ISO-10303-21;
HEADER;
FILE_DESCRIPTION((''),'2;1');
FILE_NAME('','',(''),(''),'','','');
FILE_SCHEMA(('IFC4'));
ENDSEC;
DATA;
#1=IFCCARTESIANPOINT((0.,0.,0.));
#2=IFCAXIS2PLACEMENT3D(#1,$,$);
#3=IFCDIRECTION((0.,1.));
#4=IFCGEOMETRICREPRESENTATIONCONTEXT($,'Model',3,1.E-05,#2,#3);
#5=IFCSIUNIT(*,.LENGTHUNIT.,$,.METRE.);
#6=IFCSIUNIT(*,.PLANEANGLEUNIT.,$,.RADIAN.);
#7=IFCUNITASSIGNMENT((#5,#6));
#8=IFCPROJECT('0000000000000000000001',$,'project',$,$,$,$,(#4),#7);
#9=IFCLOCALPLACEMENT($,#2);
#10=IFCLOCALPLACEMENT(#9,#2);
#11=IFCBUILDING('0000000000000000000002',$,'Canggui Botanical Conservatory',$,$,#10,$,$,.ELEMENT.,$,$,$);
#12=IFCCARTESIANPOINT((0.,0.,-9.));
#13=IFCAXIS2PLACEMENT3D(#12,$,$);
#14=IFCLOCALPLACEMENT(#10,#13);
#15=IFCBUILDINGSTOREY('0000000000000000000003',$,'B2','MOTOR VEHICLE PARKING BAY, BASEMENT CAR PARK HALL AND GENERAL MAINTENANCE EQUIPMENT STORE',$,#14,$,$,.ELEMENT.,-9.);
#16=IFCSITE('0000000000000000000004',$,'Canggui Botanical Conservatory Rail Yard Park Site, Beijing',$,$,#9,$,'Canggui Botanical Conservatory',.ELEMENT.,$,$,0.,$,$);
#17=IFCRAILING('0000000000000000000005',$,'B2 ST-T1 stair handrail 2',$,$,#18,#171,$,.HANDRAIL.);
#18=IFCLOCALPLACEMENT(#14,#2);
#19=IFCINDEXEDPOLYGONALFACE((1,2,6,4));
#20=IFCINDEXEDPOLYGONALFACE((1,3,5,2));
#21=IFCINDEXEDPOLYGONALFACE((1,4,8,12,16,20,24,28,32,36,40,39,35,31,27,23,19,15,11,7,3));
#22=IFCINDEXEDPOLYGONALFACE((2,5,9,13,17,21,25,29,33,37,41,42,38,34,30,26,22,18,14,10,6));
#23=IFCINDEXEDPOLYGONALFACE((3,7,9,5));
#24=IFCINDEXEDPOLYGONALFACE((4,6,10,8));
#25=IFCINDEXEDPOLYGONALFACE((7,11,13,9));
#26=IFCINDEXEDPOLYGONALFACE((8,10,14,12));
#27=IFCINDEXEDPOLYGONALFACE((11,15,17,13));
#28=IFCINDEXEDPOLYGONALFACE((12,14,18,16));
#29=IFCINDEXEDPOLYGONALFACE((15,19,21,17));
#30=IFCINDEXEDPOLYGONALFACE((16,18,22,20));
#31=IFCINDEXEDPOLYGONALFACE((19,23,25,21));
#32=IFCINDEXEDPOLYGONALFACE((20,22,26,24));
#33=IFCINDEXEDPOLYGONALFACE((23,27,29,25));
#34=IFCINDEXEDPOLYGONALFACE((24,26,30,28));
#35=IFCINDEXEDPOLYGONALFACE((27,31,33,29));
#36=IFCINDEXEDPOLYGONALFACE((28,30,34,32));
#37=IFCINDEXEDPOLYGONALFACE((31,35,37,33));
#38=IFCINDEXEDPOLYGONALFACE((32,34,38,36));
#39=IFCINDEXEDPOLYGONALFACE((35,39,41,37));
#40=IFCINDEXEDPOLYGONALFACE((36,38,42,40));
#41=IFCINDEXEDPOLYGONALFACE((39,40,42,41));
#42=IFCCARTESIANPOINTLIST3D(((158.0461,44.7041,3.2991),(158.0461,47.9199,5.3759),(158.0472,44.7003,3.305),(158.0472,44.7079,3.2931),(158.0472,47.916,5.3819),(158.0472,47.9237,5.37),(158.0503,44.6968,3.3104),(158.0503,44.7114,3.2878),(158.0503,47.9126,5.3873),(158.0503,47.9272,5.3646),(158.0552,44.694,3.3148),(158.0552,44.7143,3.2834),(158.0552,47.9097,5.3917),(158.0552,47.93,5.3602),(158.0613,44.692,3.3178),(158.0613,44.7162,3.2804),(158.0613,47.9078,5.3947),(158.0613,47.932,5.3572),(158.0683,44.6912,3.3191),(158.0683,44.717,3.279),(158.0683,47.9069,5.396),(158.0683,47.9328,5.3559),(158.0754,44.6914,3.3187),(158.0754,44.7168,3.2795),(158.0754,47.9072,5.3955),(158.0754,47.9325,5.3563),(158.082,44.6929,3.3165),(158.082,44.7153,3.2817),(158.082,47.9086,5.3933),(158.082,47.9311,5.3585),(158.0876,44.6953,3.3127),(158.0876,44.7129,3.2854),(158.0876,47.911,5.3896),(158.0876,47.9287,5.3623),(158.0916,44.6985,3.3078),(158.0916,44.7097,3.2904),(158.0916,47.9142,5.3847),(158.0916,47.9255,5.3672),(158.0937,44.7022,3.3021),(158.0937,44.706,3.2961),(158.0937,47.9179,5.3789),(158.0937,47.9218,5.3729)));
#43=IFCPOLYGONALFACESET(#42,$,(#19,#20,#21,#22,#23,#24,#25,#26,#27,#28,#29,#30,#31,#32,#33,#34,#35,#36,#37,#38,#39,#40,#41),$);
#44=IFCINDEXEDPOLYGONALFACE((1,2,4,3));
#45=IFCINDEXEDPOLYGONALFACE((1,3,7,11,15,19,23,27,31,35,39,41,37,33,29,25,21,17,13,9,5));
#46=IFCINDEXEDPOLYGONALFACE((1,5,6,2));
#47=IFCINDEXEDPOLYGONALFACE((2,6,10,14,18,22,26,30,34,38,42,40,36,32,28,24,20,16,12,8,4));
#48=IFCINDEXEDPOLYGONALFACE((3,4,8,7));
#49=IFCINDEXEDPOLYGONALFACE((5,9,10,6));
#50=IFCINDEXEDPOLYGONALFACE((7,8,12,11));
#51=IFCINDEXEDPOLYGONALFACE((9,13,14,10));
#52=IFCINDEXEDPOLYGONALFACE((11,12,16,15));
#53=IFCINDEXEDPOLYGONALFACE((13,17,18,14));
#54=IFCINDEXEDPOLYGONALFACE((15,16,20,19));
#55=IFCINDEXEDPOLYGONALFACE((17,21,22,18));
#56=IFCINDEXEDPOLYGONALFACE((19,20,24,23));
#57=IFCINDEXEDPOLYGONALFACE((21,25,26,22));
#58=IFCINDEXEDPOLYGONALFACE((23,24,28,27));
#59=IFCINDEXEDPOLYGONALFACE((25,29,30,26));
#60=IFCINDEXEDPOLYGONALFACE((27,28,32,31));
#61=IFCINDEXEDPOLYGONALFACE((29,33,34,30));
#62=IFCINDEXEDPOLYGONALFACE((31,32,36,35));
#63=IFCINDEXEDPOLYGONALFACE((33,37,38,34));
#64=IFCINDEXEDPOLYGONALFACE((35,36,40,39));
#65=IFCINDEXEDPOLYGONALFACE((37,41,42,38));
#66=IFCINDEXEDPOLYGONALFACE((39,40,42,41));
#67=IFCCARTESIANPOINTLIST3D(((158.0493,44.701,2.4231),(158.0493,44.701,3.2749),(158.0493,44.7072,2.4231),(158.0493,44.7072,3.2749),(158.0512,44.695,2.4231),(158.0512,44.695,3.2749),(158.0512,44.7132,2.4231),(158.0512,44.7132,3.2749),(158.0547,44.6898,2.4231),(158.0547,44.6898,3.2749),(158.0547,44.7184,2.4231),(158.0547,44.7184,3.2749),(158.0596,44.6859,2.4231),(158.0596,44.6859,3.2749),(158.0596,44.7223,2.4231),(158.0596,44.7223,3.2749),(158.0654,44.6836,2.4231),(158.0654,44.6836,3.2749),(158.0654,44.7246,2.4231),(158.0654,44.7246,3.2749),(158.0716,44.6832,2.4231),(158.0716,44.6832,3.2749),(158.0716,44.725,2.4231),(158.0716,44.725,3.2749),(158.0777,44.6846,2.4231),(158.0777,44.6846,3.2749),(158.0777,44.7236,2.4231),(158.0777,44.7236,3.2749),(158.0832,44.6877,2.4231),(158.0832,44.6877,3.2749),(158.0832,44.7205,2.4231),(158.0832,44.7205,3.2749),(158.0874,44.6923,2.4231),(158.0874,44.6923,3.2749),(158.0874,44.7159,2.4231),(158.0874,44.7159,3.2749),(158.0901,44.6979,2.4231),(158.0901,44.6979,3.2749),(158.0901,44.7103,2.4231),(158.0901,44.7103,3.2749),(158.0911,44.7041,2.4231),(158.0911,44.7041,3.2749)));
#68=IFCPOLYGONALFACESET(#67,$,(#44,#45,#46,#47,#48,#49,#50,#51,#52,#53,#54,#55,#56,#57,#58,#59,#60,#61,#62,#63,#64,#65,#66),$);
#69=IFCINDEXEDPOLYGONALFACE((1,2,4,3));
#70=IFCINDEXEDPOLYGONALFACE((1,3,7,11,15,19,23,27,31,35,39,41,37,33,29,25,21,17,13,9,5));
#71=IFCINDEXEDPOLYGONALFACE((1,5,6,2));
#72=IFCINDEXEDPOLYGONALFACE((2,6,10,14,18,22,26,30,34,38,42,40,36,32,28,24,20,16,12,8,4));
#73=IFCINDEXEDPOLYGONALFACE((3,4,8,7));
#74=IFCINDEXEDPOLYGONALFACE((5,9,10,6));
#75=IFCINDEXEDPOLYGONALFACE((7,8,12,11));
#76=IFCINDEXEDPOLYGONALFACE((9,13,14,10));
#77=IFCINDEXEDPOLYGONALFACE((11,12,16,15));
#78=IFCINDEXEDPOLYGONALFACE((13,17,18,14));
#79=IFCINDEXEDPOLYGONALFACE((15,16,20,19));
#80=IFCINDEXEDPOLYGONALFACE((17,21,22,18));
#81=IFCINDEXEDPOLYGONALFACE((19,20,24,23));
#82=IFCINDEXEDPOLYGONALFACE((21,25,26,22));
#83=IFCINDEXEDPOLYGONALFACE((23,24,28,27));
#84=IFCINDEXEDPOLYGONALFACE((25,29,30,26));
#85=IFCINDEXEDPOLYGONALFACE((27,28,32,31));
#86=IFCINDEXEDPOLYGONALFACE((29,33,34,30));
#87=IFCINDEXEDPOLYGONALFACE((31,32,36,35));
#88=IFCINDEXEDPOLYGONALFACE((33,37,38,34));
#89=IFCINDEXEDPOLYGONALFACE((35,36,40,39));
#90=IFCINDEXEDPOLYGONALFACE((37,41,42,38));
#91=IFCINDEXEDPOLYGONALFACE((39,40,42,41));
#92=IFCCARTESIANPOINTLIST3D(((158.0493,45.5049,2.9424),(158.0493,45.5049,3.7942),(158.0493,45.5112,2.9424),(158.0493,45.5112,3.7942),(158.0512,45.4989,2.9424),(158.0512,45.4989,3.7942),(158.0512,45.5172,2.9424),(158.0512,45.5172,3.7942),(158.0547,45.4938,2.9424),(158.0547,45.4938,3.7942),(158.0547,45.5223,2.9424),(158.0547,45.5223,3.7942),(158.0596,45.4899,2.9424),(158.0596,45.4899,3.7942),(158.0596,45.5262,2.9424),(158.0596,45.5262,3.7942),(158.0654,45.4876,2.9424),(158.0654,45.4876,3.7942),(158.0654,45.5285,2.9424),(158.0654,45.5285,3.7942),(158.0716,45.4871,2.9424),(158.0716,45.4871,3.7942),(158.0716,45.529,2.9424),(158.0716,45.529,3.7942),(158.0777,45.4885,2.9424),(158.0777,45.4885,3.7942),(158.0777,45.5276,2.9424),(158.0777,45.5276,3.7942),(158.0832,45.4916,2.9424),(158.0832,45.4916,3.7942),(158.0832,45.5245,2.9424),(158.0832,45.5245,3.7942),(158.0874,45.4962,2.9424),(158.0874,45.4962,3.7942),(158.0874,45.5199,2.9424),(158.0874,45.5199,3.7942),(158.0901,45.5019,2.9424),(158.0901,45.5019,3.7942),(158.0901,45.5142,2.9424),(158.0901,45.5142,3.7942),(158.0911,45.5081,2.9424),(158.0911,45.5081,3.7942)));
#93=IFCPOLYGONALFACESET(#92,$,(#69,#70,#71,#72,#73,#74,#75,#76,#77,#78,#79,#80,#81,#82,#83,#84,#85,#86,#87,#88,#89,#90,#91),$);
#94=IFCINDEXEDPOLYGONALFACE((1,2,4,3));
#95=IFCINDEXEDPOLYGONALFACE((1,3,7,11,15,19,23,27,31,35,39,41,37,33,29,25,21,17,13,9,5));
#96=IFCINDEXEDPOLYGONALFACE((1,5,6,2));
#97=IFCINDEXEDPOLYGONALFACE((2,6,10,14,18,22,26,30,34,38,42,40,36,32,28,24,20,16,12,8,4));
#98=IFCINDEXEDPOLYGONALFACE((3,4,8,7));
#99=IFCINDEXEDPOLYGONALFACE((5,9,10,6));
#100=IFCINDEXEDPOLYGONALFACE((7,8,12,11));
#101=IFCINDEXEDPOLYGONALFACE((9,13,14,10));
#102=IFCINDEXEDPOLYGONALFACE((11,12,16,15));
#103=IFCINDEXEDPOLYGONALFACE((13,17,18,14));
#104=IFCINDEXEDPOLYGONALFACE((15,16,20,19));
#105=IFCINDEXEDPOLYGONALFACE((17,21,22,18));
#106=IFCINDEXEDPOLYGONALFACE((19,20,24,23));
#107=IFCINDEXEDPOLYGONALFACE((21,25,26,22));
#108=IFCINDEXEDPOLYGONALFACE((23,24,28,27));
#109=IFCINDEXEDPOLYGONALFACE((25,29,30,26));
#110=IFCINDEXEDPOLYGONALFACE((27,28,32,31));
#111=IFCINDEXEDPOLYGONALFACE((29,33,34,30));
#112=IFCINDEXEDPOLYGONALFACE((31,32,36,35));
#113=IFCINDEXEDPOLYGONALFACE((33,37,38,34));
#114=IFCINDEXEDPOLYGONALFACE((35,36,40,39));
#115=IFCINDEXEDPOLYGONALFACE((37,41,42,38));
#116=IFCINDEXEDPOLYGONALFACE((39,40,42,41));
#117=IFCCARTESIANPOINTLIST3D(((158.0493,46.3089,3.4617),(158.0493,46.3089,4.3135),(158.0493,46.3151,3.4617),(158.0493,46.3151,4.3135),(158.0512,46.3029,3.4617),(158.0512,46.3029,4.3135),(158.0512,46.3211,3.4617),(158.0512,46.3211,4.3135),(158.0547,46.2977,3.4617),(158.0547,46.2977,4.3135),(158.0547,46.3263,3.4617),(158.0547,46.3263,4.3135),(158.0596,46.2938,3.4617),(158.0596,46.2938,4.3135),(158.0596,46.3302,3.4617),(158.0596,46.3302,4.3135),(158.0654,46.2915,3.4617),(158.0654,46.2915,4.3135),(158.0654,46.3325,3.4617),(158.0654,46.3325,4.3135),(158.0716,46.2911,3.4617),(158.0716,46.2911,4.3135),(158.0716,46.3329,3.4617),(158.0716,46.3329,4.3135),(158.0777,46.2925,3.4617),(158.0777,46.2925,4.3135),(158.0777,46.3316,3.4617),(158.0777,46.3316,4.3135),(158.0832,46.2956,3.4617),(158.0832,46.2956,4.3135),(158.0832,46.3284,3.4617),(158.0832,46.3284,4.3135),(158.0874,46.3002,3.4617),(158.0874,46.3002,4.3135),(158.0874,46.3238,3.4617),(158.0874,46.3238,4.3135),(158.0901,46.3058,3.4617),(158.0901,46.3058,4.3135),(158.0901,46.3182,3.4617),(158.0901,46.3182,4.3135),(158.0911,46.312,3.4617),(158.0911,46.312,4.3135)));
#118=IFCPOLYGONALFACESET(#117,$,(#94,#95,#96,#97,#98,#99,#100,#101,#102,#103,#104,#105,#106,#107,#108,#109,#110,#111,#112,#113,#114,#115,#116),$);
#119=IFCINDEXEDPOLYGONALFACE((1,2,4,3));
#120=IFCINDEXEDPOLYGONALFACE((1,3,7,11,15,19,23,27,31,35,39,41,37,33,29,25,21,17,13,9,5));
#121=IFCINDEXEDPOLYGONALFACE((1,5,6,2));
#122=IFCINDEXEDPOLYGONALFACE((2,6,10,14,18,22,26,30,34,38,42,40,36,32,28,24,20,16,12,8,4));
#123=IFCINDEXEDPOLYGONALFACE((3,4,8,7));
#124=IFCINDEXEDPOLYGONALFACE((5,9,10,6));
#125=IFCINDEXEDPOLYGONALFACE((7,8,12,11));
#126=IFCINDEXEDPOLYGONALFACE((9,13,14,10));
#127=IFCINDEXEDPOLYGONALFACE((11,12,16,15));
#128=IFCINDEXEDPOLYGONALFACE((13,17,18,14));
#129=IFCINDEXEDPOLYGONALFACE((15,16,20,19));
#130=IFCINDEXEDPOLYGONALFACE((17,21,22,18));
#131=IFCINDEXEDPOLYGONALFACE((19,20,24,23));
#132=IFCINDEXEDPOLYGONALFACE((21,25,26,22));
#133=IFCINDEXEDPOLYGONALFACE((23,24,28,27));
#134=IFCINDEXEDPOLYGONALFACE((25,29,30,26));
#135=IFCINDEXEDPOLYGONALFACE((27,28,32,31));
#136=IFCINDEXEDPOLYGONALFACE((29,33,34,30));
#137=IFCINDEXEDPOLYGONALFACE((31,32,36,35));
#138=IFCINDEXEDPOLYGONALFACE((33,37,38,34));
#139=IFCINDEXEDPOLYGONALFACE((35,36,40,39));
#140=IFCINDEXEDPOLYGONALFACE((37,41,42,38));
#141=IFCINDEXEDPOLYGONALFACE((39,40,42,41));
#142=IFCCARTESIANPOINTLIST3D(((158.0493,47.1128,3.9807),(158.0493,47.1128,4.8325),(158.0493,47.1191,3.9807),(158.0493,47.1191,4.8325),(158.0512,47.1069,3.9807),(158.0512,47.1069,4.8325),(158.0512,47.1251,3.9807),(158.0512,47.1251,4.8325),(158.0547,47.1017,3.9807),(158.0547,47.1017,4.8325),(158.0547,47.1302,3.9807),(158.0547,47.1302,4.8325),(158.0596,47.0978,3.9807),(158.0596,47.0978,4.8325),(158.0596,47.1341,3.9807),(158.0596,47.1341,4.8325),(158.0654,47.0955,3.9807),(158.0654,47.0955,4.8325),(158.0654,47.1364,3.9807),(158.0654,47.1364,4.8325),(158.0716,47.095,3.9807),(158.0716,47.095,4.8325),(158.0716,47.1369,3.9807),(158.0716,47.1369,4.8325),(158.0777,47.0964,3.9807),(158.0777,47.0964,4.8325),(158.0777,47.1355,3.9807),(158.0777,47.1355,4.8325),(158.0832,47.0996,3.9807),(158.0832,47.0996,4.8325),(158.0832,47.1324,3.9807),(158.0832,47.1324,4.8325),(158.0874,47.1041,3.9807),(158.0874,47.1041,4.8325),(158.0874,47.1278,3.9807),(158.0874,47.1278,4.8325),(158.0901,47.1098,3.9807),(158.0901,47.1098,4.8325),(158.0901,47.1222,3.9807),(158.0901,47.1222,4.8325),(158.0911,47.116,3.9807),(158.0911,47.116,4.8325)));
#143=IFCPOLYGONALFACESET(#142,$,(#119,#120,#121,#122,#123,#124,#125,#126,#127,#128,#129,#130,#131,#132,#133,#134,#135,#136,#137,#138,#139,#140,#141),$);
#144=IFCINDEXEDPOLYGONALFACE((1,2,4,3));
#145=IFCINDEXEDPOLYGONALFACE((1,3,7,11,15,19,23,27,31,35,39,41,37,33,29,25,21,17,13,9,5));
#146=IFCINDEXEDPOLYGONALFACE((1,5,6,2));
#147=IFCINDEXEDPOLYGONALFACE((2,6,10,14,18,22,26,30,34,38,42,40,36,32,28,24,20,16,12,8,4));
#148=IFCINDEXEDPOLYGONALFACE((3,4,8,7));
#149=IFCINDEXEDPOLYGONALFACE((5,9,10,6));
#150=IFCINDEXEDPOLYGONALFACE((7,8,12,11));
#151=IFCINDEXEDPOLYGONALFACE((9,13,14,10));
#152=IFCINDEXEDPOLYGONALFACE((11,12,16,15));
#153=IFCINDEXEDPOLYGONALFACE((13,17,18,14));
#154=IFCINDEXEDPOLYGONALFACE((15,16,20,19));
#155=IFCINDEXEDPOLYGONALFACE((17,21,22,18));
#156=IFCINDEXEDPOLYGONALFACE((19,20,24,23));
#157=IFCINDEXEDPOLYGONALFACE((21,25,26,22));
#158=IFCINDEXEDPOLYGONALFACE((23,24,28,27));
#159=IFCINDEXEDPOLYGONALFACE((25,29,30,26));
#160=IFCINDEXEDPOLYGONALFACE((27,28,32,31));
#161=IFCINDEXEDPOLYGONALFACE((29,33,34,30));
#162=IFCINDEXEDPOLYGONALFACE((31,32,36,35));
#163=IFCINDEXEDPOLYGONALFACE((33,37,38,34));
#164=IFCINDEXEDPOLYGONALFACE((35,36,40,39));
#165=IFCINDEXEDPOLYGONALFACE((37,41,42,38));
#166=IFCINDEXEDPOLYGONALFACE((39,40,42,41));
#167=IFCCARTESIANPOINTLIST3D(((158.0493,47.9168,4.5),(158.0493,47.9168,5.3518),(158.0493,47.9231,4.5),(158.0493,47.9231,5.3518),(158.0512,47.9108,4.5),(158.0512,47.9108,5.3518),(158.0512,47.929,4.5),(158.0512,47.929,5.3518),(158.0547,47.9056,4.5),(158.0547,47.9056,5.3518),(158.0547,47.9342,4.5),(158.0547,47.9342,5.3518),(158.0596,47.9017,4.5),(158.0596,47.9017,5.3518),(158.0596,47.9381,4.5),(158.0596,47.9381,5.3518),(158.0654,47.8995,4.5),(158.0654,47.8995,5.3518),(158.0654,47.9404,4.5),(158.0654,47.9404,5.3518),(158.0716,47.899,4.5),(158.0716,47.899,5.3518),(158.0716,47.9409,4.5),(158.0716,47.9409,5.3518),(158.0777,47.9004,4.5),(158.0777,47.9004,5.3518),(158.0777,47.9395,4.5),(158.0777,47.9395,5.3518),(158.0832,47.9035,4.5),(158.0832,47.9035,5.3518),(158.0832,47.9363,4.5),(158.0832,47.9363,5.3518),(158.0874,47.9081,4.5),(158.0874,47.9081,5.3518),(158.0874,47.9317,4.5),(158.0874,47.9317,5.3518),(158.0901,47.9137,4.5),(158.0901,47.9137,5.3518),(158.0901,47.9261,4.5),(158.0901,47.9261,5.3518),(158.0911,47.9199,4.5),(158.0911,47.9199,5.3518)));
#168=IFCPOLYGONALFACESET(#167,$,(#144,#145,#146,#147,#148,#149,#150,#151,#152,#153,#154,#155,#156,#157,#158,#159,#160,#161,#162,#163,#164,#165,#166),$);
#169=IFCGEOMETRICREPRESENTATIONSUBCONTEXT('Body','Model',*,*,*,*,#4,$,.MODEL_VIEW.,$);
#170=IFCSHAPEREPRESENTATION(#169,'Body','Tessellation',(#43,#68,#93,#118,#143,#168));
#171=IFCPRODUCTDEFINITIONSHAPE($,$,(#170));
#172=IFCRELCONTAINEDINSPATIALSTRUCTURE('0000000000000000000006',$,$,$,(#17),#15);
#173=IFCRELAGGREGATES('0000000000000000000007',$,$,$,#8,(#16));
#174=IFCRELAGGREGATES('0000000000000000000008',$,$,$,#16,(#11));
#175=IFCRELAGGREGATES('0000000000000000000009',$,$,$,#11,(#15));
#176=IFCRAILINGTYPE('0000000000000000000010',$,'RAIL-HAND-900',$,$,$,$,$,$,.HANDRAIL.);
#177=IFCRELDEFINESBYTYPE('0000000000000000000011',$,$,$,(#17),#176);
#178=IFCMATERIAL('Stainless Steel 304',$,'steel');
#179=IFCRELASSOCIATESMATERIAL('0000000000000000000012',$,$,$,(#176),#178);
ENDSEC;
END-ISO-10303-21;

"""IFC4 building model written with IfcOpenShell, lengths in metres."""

from ifc_helpers import new_model, si_unit, direction, frame, origin, origin_2d, place, context, subcontext, project, spatial, circle, extrude, material, type_object, element, save


model = new_model("IFC4")

# Units and contexts
model_context = context("Model", 3, precision=1e-05, world=origin(), true_north=direction((0.0, 1.0)))
body_context = subcontext(model_context, "Body", "Model", "MODEL_VIEW")
ifc_project = project(units=[si_unit("LENGTHUNIT", "METRE"), si_unit("PLANEANGLEUNIT", "RADIAN")], contexts=[model_context])

# Site, building, storey
site_placement = place(None, origin())
site = spatial("IfcSite", under=ifc_project, at=site_placement, Name="Canggui Botanical Conservatory Rail Yard Park Site, Beijing", LongName="Canggui Botanical Conservatory", CompositionType="ELEMENT", RefElevation=0.0)
building_placement = place(site_placement, origin())
building = spatial("IfcBuilding", under=site, at=building_placement, Name="Canggui Botanical Conservatory", CompositionType="ELEMENT")
storey_placement = place(building_placement, frame((0.0, 0.0, -9.0)))
storey = spatial("IfcBuildingStorey", under=building, at=storey_placement, Name="B2", Description="MOTOR VEHICLE PARKING BAY, BASEMENT CAR PARK HALL AND GENERAL MAINTENANCE EQUIPMENT STORE", CompositionType="ELEMENT", Elevation=-9.0)

# Railing
ifc_material_1 = material(Name="Stainless Steel 304", Category="steel")
railing_type_1 = type_object("IfcRailingType", Name="RAIL-HAND-900", PredefinedType="HANDRAIL", material=ifc_material_1)
railing_1_placement = place(storey_placement, frame((158.0701, 44.7041, 2.4231)))
element("IfcRailing", 1, at=railing_1_placement, inside=storey, type_object=railing_type_1, Name="B2 ST-T1 stair handrail 2", PredefinedType="HANDRAIL", context=body_context, shape_type="SweptSolid", body=[
    extrude(circle(Radius=0.0239, at=origin_2d()), frame((0.0, 0.0, 0.876), z_axis=(0.0, 0.840037, 0.542529), x_axis=(-1.0, 0.0, 0.0)), (0.0, 0.0, 1.0), 3.8281),
    extrude(circle(Radius=0.021, at=origin_2d()), origin(), (0.0, 0.0, 1.0), 0.8518),
    extrude(circle(Radius=0.021, at=origin_2d()), frame((0.0, 0.804, 0.5193)), (0.0, 0.0, 1.0), 0.8518),
    extrude(circle(Radius=0.021, at=origin_2d()), frame((0.0, 1.6079, 1.0386)), (0.0, 0.0, 1.0), 0.8518),
    extrude(circle(Radius=0.021, at=origin_2d()), frame((0.0, 2.4119, 1.5576)), (0.0, 0.0, 1.0), 0.8518),
    extrude(circle(Radius=0.021, at=origin_2d()), frame((0.0, 3.2158, 2.0769)), (0.0, 0.0, 1.0), 0.8518),
])

save(model, "model.ifc")
